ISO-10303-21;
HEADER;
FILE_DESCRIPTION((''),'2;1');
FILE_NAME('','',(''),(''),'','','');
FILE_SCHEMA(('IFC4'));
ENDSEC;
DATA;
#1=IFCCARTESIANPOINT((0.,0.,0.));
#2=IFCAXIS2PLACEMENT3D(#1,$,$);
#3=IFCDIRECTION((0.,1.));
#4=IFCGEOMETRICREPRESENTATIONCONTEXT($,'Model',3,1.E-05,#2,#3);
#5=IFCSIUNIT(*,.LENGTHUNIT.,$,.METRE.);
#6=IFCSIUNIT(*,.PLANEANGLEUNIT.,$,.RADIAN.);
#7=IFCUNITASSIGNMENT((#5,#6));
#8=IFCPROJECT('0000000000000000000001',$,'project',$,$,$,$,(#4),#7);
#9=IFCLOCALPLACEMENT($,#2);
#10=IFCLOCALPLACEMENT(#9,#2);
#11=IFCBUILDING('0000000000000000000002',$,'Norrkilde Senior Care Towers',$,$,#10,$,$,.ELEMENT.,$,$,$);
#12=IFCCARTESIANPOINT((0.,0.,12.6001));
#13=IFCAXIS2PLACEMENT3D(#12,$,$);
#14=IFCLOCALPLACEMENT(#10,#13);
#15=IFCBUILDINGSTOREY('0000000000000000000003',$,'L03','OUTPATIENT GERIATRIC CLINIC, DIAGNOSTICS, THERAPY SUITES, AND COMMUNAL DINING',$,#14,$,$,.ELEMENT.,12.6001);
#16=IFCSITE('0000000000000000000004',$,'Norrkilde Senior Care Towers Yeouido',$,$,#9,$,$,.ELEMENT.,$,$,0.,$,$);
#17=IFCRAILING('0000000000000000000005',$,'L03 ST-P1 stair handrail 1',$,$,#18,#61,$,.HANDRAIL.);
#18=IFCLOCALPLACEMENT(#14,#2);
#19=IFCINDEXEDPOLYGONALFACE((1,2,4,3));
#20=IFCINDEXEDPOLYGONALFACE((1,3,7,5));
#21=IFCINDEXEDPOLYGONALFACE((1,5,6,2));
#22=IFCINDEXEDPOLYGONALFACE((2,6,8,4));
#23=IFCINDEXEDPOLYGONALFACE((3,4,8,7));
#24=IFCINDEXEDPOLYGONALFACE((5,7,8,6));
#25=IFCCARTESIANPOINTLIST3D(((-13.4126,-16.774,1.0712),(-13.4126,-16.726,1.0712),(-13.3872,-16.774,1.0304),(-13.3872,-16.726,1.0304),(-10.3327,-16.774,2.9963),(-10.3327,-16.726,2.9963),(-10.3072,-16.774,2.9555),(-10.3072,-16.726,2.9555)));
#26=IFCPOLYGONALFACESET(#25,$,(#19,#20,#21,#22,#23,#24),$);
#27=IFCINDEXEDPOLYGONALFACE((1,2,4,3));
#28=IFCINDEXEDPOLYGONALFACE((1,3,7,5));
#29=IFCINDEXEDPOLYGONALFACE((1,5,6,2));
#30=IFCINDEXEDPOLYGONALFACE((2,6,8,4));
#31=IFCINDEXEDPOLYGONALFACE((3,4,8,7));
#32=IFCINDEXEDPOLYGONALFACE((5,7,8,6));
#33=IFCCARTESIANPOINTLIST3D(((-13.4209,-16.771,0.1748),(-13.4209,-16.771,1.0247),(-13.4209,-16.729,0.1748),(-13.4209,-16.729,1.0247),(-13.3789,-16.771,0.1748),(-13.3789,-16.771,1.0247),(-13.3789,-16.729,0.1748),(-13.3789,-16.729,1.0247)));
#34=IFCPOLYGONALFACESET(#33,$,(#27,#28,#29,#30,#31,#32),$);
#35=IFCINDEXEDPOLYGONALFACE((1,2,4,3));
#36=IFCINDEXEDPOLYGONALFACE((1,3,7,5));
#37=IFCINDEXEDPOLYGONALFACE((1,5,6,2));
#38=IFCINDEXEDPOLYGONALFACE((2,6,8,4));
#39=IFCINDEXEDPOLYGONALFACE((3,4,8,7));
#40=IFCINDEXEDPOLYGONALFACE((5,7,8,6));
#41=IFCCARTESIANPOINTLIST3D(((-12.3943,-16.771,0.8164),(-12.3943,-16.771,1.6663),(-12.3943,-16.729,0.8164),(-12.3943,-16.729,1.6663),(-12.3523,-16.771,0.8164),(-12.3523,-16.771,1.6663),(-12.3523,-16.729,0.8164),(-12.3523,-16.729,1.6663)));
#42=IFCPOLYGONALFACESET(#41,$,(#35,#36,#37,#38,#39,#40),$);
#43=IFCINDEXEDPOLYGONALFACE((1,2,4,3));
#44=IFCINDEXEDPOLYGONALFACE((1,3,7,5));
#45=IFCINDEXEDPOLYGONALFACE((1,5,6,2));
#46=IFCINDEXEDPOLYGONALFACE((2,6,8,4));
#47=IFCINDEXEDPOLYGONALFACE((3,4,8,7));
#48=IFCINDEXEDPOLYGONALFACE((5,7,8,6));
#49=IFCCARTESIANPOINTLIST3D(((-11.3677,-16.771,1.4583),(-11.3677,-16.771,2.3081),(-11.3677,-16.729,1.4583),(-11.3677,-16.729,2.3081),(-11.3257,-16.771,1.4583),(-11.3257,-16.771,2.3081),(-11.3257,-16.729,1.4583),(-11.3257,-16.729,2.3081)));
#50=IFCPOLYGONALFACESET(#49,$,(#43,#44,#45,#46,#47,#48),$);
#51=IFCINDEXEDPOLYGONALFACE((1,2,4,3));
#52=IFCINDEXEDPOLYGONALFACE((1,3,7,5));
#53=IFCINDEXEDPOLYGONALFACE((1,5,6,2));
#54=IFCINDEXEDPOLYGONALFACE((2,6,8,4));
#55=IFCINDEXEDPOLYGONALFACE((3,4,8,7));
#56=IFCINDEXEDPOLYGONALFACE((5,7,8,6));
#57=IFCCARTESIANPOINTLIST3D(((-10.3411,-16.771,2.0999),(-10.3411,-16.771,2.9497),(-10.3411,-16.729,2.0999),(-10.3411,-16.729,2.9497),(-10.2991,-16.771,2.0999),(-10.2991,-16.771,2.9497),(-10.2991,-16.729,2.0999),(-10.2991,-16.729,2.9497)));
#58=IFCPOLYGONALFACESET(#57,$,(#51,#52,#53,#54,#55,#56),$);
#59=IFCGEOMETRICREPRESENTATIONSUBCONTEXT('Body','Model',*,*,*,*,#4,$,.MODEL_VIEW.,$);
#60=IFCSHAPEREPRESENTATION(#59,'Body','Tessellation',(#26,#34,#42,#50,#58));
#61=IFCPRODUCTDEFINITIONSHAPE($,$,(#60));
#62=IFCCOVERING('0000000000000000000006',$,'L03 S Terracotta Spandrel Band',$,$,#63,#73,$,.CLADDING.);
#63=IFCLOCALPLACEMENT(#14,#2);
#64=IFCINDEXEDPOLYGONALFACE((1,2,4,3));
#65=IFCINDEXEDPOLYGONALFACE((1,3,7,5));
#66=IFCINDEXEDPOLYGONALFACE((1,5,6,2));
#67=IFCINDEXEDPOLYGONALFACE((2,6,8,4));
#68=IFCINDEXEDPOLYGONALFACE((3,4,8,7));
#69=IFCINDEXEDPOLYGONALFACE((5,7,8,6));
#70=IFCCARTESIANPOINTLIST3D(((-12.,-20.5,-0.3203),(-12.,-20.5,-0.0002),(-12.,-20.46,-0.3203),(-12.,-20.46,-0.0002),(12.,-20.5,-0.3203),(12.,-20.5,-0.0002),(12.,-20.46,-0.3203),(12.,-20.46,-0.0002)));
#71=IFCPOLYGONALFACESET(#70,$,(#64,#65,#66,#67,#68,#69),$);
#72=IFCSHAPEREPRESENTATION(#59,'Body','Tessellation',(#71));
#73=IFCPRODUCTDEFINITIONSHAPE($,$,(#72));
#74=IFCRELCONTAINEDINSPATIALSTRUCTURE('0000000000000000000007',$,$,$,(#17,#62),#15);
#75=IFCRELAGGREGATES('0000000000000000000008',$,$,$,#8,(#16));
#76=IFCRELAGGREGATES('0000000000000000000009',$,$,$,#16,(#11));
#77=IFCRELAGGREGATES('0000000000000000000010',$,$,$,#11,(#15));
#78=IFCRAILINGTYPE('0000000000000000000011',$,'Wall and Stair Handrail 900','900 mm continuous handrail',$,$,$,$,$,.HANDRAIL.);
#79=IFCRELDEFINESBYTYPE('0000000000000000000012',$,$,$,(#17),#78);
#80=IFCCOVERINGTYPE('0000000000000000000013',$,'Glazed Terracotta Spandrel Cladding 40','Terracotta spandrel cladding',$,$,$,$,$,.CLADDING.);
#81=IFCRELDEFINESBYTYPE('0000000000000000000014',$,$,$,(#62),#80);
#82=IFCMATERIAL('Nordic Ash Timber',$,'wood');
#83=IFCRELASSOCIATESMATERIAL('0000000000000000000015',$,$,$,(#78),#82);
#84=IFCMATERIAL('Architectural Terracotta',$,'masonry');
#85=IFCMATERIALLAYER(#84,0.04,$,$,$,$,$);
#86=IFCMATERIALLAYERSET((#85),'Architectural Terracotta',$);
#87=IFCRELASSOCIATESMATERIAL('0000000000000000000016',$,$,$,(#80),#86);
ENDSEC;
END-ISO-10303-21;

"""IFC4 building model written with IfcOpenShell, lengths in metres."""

from ifc_helpers import new_model, si_unit, direction, frame, origin, origin_2d, place, context, subcontext, project, spatial, rectangle, extrude, source, transform, mapped, material, layer, layer_set, type_object, type_shapes, element, save


model = new_model("IFC4")

# Units and contexts
model_context = context("Model", 3, precision=1e-05, world=origin(), true_north=direction((0.0, 1.0)))
body_context = subcontext(model_context, "Body", "Model", "MODEL_VIEW")
ifc_project = project(units=[si_unit("LENGTHUNIT", "METRE"), si_unit("PLANEANGLEUNIT", "RADIAN")], contexts=[model_context])

# Site, building, storey
site_placement = place(None, origin())
site = spatial("IfcSite", under=ifc_project, at=site_placement, Name="Norrkilde Senior Care Towers Yeouido", CompositionType="ELEMENT", RefElevation=0.0)
building_placement = place(site_placement, origin())
building = spatial("IfcBuilding", under=site, at=building_placement, Name="Norrkilde Senior Care Towers", CompositionType="ELEMENT")
storey_placement = place(building_placement, frame((0.0, 0.0, 12.6001)))
storey = spatial("IfcBuildingStorey", under=building, at=storey_placement, Name="L03", Description="OUTPATIENT GERIATRIC CLINIC, DIAGNOSTICS, THERAPY SUITES, AND COMMUNAL DINING", CompositionType="ELEMENT", Elevation=12.6001)

# Railing
ifc_material_1 = material(Name="Nordic Ash Timber", Category="wood")
railing_type = type_object("IfcRailingType", Name="Wall and Stair Handrail 900", Description="900 mm continuous handrail", PredefinedType="HANDRAIL", material=ifc_material_1)
railing_placement = place(storey_placement, frame((-13.3999, -16.75, 0.1748)))
element("IfcRailing", 1, at=railing_placement, inside=storey, type_object=railing_type, Name="L03 ST-P1 stair handrail 1", PredefinedType="HANDRAIL", context=body_context, shape_type="SweptSolid", body=[
    extrude(rectangle(XDim=0.0481, YDim=0.0481, at=origin_2d()), frame((0.0, 0.0, 0.876), z_axis=(0.847979, 0.0, 0.530029), x_axis=(0.0, 1.0, 0.0)), (0.0, 0.0, 1.0), 3.6321),
    extrude(rectangle(XDim=0.042, YDim=0.042, at=origin_2d()), origin(), (0.0, 0.0, 1.0), 0.8499),
    extrude(rectangle(XDim=0.042, YDim=0.042, at=origin_2d()), frame((1.0266, 0.0, 0.6416)), (0.0, 0.0, 1.0), 0.8499),
    extrude(rectangle(XDim=0.042, YDim=0.042, at=origin_2d()), frame((2.0532, 0.0, 1.2834)), (0.0, 0.0, 1.0), 0.8499),
    extrude(rectangle(XDim=0.042, YDim=0.042, at=origin_2d()), frame((3.0798, 0.0, 1.925)), (0.0, 0.0, 1.0), 0.8499),
])

# Covering
ifc_material_2 = material(Name="Architectural Terracotta", Category="masonry")
ifc_layer_1 = layer(ifc_material_2, 0.04)
ifc_layer_set_1 = layer_set([ifc_layer_1], Name="Architectural Terracotta")
covering_type = type_object("IfcCoveringType", Name="Glazed Terracotta Spandrel Cladding 40", Description="Terracotta spandrel cladding", PredefinedType="CLADDING", material=ifc_layer_set_1)
shared_shape_1 = source(origin(), body_context, "Body", "SweptSolid", [
    extrude(rectangle(XDim=24.0, YDim=0.04, at=origin_2d()), origin(), (0.0, 0.0, 1.0), 0.3201),
])
type_shapes(covering_type, [shared_shape_1])
covering_placement = place(storey_placement, frame((0.0, -20.48, -0.3203), z_axis=(0.0, 0.0, 1.0), x_axis=(1.0, 0.0, 0.0)))
element("IfcCovering", 2, at=covering_placement, inside=storey, type_object=covering_type, Name="L03 S Terracotta Spandrel Band", PredefinedType="CLADDING", context=body_context, shape_type="MappedRepresentation", body=[
    mapped(shared_shape_1, transform((0.0, 0.0, 0.0), x_axis=(1.0, 0.0, 0.0), y_axis=(0.0, 1.0, 0.0), z_axis=(0.0, 0.0, 1.0), scale=1.0)),
])

save(model, "model.ifc")
